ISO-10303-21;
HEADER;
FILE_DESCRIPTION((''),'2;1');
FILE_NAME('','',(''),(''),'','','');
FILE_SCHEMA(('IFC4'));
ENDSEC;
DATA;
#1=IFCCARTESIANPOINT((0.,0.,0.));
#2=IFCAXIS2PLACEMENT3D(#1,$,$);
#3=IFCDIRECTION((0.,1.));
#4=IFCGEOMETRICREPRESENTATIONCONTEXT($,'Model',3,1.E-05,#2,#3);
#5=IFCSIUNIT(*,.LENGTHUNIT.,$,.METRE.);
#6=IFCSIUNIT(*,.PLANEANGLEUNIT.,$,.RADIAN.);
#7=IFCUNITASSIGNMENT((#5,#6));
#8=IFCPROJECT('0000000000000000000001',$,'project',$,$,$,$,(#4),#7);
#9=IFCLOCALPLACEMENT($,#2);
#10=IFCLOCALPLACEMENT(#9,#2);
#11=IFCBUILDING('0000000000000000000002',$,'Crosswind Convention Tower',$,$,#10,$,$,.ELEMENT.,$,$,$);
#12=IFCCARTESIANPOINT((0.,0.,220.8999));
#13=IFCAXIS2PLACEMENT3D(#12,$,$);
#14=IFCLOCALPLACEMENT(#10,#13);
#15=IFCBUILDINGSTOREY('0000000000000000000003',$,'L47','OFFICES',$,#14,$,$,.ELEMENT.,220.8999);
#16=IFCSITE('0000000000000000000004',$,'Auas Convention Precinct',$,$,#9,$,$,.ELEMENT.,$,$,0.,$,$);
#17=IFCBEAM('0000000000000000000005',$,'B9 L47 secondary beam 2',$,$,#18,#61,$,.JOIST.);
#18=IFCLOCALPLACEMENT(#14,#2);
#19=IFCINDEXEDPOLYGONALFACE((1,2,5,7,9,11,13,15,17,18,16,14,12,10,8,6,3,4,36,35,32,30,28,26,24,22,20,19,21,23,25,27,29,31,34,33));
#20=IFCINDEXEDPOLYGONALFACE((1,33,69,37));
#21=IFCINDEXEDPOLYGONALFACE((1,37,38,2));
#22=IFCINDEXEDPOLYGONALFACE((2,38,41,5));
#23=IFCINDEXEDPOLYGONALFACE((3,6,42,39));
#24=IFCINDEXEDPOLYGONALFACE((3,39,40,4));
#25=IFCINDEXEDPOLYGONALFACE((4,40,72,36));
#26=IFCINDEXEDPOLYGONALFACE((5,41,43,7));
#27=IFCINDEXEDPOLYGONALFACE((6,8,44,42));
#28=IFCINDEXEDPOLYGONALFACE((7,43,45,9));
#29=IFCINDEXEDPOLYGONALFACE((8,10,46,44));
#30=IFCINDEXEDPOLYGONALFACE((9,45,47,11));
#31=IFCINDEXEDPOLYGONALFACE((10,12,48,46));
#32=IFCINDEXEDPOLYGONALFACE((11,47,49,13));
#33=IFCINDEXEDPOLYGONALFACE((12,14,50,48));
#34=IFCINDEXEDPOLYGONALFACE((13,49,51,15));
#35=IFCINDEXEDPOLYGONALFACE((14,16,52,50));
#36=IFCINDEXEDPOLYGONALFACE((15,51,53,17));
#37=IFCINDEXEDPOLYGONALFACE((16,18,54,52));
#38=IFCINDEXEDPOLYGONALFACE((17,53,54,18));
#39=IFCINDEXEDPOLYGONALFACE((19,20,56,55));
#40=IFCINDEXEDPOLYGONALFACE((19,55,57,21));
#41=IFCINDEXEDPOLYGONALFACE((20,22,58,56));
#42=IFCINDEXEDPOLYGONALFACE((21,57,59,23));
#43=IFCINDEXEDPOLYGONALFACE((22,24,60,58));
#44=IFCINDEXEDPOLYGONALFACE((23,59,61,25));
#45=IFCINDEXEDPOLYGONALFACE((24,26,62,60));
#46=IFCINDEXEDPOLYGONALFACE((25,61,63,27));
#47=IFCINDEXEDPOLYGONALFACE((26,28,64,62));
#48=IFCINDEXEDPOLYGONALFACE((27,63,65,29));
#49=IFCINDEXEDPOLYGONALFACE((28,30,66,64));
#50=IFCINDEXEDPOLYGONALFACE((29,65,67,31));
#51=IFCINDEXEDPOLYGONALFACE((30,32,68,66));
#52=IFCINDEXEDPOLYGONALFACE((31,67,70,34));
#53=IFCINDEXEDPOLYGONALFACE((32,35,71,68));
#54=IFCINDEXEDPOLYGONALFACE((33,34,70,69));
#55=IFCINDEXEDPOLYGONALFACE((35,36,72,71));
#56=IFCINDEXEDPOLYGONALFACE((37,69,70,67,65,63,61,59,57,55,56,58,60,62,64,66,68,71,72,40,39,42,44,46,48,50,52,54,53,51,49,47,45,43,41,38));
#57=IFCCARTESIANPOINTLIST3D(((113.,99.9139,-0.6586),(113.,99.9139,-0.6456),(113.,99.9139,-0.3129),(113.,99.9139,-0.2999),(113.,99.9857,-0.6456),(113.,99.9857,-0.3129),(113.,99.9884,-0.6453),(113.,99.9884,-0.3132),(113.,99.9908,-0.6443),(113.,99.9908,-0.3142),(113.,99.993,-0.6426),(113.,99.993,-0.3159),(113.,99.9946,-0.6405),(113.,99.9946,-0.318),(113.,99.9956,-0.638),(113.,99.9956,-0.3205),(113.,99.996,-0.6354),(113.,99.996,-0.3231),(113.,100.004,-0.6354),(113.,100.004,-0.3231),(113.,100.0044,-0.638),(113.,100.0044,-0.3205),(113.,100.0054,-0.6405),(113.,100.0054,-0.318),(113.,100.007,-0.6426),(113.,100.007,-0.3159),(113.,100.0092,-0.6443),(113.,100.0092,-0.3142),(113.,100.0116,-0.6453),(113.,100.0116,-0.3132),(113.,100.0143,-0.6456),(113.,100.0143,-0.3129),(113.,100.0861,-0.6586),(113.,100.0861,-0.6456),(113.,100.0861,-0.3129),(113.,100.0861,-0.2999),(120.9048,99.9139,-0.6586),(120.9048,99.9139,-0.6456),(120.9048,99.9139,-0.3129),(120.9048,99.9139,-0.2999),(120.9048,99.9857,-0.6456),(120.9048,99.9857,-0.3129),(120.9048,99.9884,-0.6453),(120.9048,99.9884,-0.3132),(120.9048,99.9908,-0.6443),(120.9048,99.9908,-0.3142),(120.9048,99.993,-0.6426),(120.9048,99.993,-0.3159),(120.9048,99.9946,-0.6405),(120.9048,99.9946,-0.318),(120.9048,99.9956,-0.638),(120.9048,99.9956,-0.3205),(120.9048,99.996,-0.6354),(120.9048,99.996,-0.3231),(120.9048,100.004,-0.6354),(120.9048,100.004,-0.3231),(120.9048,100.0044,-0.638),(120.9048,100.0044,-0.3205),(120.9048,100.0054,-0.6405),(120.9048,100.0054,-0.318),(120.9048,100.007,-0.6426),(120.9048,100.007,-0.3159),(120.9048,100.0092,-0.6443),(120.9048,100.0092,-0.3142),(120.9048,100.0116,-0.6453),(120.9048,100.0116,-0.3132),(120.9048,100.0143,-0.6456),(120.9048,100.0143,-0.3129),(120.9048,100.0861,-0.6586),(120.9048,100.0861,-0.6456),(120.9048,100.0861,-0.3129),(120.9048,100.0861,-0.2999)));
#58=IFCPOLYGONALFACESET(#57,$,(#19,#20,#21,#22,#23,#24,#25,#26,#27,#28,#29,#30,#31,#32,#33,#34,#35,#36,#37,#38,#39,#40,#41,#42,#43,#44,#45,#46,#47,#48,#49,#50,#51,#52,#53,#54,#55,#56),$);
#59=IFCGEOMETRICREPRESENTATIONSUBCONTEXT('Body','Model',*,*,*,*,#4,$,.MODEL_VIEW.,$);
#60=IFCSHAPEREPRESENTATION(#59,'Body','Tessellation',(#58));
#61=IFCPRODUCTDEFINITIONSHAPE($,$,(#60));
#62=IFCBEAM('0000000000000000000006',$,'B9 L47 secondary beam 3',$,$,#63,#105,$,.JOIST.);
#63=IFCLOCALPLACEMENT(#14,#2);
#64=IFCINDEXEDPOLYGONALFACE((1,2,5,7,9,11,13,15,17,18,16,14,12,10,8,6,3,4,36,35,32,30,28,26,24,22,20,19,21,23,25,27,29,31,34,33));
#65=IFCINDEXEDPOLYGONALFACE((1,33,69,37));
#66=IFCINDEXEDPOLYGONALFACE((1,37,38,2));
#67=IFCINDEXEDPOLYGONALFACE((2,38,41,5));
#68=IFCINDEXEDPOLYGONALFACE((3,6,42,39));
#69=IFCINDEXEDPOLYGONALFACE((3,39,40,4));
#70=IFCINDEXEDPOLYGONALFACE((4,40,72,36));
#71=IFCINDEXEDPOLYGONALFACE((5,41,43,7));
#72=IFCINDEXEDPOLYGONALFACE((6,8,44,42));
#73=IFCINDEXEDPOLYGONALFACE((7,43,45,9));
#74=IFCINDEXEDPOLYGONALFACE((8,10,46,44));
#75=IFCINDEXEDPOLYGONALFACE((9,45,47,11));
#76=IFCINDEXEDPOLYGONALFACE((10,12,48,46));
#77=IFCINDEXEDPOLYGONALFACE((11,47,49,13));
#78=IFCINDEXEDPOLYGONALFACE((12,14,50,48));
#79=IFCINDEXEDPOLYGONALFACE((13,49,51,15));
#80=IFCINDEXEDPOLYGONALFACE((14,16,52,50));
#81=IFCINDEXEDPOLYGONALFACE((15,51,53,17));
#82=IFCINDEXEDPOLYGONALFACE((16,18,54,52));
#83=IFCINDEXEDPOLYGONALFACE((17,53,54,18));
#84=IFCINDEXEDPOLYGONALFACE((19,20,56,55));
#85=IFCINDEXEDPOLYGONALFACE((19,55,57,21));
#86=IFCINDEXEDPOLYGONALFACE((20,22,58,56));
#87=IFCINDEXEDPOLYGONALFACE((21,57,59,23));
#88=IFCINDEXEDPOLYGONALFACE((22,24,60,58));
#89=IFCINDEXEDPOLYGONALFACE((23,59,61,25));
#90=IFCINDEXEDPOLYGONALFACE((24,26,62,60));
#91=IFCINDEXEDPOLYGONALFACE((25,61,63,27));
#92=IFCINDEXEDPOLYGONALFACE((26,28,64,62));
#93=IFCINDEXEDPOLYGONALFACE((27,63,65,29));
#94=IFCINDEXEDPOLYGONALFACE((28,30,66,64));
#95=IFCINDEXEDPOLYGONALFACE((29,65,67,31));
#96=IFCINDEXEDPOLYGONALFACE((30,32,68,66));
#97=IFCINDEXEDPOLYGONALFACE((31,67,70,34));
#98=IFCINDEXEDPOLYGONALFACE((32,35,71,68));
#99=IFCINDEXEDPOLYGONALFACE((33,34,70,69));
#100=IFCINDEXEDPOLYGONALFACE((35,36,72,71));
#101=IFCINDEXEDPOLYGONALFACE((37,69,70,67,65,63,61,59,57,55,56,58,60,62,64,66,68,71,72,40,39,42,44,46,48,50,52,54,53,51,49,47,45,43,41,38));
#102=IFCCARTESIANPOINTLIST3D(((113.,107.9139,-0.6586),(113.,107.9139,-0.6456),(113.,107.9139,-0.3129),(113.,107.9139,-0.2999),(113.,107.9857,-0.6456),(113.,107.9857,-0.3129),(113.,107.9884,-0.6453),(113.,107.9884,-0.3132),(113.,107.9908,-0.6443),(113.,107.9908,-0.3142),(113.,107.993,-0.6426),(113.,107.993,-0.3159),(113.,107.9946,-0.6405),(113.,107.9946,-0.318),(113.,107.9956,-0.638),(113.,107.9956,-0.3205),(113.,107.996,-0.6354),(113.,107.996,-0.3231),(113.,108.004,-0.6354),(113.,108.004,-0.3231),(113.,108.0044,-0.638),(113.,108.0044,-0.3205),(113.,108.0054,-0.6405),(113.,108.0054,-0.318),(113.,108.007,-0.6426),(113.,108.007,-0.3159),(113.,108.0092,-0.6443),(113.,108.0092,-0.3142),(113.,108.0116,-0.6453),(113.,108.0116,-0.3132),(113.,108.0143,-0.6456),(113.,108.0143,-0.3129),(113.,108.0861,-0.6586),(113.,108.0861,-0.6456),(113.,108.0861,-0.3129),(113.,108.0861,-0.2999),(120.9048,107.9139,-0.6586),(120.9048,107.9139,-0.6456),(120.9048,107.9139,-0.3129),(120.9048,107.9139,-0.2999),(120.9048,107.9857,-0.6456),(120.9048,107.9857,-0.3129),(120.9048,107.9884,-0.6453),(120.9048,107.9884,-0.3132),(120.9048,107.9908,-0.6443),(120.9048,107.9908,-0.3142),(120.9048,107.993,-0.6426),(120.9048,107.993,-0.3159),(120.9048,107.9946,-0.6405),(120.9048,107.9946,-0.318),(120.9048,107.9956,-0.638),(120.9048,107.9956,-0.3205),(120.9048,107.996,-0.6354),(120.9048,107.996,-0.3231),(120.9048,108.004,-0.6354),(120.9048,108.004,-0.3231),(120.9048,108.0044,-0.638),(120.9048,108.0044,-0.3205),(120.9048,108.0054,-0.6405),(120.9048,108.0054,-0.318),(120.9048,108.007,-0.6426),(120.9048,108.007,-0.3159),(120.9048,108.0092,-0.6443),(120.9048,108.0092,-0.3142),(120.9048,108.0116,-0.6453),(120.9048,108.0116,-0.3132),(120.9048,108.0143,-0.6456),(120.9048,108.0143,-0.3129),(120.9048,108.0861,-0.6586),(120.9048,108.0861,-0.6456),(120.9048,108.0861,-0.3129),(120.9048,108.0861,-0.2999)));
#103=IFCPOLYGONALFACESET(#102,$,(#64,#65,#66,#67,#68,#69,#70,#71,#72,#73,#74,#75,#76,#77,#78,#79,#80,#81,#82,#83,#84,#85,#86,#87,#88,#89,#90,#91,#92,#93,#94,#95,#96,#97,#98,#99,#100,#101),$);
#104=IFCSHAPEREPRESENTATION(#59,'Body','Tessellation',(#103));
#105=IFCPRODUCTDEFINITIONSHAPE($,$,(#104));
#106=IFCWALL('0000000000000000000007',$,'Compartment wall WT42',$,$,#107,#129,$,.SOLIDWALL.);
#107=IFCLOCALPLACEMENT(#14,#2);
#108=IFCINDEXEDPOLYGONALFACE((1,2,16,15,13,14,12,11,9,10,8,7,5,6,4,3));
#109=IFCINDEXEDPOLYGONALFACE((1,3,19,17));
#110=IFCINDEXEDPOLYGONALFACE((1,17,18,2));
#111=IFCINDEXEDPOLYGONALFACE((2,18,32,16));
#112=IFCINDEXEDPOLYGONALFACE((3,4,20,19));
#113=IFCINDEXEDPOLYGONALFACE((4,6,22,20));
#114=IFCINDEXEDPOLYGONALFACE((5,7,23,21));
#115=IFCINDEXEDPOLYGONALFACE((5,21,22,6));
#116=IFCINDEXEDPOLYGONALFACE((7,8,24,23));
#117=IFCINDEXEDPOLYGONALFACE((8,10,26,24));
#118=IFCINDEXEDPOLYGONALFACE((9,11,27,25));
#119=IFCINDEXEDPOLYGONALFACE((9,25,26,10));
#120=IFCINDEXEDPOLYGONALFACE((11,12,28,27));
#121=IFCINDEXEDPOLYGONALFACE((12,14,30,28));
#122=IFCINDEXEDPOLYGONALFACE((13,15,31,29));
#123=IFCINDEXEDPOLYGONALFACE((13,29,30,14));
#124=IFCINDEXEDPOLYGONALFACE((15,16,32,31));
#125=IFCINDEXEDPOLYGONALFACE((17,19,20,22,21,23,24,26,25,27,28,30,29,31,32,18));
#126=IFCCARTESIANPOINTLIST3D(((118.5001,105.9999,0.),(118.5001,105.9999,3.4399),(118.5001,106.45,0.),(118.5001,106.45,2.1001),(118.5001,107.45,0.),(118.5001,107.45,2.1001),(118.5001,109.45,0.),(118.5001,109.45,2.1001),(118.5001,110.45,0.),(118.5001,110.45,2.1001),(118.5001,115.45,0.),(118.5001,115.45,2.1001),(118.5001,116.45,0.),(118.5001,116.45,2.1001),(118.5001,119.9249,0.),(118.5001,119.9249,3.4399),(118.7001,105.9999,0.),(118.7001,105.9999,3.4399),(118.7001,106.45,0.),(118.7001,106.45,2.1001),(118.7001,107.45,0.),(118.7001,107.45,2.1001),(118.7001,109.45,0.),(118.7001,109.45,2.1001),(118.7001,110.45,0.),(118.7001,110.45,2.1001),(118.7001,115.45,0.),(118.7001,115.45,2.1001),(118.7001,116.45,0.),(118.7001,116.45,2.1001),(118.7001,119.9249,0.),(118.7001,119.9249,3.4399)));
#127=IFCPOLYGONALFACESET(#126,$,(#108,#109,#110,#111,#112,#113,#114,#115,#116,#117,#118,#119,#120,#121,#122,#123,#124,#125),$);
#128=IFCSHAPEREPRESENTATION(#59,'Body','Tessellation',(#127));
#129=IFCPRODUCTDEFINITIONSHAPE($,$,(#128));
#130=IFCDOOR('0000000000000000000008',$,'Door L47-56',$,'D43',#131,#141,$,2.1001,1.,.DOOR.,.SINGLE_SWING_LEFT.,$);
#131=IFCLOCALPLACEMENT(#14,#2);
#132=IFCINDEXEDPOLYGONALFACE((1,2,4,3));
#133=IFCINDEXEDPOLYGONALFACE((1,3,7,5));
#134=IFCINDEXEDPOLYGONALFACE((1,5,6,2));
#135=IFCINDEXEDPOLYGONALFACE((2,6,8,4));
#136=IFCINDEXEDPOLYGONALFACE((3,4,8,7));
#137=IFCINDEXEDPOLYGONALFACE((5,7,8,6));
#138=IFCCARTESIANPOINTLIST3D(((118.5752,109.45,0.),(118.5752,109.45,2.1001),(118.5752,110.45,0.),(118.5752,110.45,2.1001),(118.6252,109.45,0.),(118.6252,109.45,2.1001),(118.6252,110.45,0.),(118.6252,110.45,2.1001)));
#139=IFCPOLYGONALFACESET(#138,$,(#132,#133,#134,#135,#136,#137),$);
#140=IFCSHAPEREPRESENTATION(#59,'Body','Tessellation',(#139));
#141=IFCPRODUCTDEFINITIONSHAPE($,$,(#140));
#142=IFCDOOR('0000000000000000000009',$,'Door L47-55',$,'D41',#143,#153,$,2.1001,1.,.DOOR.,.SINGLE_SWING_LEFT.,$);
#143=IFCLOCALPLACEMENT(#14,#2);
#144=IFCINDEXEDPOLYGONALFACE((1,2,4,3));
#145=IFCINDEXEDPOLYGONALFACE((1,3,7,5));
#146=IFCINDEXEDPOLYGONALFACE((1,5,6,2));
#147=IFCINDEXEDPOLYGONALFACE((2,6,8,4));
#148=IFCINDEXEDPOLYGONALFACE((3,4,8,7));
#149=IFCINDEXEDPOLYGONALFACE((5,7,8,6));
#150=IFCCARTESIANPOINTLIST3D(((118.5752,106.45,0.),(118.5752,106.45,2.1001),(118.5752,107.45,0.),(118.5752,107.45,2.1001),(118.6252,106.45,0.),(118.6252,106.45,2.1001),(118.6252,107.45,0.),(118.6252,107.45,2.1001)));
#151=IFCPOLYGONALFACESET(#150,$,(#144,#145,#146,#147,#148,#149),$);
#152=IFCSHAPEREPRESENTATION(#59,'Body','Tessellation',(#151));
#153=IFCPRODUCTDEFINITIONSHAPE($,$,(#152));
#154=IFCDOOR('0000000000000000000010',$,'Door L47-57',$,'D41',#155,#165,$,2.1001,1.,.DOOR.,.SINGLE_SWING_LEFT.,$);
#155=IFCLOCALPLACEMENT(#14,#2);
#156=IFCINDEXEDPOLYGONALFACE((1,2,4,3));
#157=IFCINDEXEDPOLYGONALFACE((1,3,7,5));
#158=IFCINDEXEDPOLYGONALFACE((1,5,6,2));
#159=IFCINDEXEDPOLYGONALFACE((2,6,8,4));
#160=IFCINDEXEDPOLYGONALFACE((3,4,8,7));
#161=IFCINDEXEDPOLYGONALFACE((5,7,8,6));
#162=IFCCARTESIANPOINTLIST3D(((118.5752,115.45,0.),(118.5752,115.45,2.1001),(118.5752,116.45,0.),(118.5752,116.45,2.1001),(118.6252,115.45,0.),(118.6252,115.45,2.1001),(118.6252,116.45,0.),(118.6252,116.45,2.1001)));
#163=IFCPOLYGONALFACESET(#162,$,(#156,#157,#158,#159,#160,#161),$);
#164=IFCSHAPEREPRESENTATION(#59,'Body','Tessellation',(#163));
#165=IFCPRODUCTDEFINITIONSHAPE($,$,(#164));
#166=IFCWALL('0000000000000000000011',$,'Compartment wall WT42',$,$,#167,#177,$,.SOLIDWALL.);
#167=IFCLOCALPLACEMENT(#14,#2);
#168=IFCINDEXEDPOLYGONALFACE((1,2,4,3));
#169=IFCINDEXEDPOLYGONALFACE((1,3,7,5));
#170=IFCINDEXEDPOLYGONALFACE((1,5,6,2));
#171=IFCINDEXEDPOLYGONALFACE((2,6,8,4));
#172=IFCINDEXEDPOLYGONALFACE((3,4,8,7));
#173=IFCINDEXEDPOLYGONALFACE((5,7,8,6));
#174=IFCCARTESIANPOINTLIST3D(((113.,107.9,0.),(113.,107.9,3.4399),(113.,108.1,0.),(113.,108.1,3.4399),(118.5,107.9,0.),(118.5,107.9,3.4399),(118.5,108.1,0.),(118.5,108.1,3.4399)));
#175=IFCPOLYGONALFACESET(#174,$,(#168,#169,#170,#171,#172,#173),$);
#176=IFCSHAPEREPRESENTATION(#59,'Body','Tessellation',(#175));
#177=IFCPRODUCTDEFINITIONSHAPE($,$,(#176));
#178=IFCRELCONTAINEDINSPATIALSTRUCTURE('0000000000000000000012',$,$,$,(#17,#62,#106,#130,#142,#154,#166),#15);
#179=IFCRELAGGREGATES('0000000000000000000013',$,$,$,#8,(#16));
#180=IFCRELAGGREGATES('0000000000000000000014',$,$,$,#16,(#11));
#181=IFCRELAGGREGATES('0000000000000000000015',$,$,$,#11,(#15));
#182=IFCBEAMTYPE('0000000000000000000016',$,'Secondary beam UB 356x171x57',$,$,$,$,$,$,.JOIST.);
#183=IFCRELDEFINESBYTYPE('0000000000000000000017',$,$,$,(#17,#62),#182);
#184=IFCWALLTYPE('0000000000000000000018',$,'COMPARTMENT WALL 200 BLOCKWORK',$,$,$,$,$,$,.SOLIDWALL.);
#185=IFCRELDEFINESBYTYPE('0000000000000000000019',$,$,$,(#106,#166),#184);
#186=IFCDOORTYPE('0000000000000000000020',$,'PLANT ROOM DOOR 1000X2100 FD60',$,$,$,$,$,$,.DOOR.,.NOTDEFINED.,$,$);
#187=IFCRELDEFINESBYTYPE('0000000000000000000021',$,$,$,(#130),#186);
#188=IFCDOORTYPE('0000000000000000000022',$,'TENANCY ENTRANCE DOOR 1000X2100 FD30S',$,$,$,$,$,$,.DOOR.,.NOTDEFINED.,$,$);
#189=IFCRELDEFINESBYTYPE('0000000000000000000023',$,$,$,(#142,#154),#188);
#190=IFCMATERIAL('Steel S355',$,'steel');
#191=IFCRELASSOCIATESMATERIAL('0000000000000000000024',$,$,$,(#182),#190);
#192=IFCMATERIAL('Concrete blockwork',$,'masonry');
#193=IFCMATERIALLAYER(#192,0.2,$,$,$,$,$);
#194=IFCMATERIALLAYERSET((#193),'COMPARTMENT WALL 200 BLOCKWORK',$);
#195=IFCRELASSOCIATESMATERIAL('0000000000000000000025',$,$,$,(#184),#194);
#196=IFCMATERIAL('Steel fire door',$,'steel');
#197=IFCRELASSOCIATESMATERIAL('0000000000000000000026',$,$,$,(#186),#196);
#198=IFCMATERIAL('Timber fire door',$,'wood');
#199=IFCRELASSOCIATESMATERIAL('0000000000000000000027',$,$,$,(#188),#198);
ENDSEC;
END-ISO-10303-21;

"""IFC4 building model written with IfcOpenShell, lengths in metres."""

from ifc_helpers import new_model, si_unit, direction, frame, frame_2d, origin, origin_2d, place, context, subcontext, project, spatial, rectangle, i_section, extrude, material, layer, layer_set, material_profile, profile_set, type_object, element, fill, save


model = new_model("IFC4")

# Units and contexts
model_context = context("Model", 3, precision=1e-05, world=origin(), true_north=direction((0.0, 1.0)))
body_context = subcontext(model_context, "Body", "Model", "MODEL_VIEW")
ifc_project = project(units=[si_unit("LENGTHUNIT", "METRE"), si_unit("PLANEANGLEUNIT", "RADIAN")], contexts=[model_context])

# Site, building, storey
site_placement = place(None, origin())
site = spatial("IfcSite", under=ifc_project, at=site_placement, Name="Auas Convention Precinct", CompositionType="ELEMENT", RefElevation=0.0)
building_placement = place(site_placement, origin())
building = spatial("IfcBuilding", under=site, at=building_placement, Name="Crosswind Convention Tower", CompositionType="ELEMENT")
storey_placement = place(building_placement, frame((0.0, 0.0, 220.8999)))
storey = spatial("IfcBuildingStorey", under=building, at=storey_placement, Name="L47", Description="OFFICES", CompositionType="ELEMENT", Elevation=220.8999)

# Beams
ifc_material_1 = material(Name="Steel S355", Category="steel")
ifc_material_profile_1 = material_profile(ifc_material_1, i_section(OverallWidth=0.1721, OverallDepth=0.3586, WebThickness=0.0081, FlangeThickness=0.0129, FilletRadius=0.0103, at=origin_2d()), Name="UB 356x171x57")
ifc_profile_set_1 = profile_set([ifc_material_profile_1], Name="Steel S355")
beam_type_1 = type_object("IfcBeamType", Name="Secondary beam UB 356x171x57", PredefinedType="JOIST", material=ifc_profile_set_1)
for number, where, z_axis, x_axis, name in (
    (1, (113.0, 100.0, -0.4792), (1.0, 0.0, 0.0), (0.0, 1.0, 0.0), "B9 L47 secondary beam 2"),
    (2, (113.0, 108.0, -0.4792), (1.0, 0.0, 0.0), (0.0, 1.0, 0.0), "B9 L47 secondary beam 3"),
):
    element("IfcBeam", number, at=place(storey_placement, frame(where, z_axis=z_axis, x_axis=x_axis)), inside=storey, type_object=beam_type_1, Name=name, PredefinedType="JOIST", context=body_context, shape_type="SweptSolid", body=[
        extrude(i_section(OverallWidth=0.1721, OverallDepth=0.3586, WebThickness=0.0081, FlangeThickness=0.0129, FilletRadius=0.0103, at=origin_2d()), origin(), (0.0, 0.0, 1.0), 7.9048),
    ])

# Wall, openings, doors
ifc_material_2 = material(Name="Concrete blockwork", Category="masonry")
ifc_layer_1 = layer(ifc_material_2, 0.2)
ifc_layer_set_1 = layer_set([ifc_layer_1], Name="COMPARTMENT WALL 200 BLOCKWORK")
wall_type_1 = type_object("IfcWallType", Name="COMPARTMENT WALL 200 BLOCKWORK", PredefinedType="SOLIDWALL", material=ifc_layer_set_1)
wall_1_placement = place(storey_placement, frame((118.6001, 106.0, 0.0), z_axis=(0.0, 0.0, 1.0), x_axis=(0.0, 1.0, 0.0)))
wall_1 = element("IfcWall", 3, at=wall_1_placement, inside=storey, type_object=wall_type_1, Name="Compartment wall WT42", PredefinedType="SOLIDWALL", context=body_context, shape_type="SweptSolid", body=[
    extrude(rectangle(XDim=13.925, YDim=0.2, at=frame_2d((6.9624, 0.0))), origin(), (0.0, 0.0, 1.0), 3.4399),
])
opening_1_placement = place(wall_1_placement, frame((0.45, 0.0, 0.0)))
opening_1 = element("IfcOpeningElement", 4, at=opening_1_placement, cuts=wall_1, PredefinedType="OPENING", context=body_context, shape_type="SweptSolid", body=[
    extrude(rectangle(XDim=1.0, YDim=2.1001, at=frame_2d((0.5, 1.05))), frame((0.0, 0.1099, 0.0), z_axis=(0.0, -1.0, 0.0), x_axis=(1.0, 0.0, 0.0)), (0.0, 0.0, 1.0), 0.22),
])
opening_2_placement = place(wall_1_placement, frame((3.45, 0.0, 0.0)))
opening_2 = element("IfcOpeningElement", 5, at=opening_2_placement, cuts=wall_1, PredefinedType="OPENING", context=body_context, shape_type="SweptSolid", body=[
    extrude(rectangle(XDim=1.0, YDim=2.1001, at=frame_2d((0.5, 1.05))), frame((0.0, 0.1099, 0.0), z_axis=(0.0, -1.0, 0.0), x_axis=(1.0, 0.0, 0.0)), (0.0, 0.0, 1.0), 0.22),
])
opening_3_placement = place(wall_1_placement, frame((9.45, 0.0, 0.0)))
opening_3 = element("IfcOpeningElement", 6, at=opening_3_placement, cuts=wall_1, PredefinedType="OPENING", context=body_context, shape_type="SweptSolid", body=[
    extrude(rectangle(XDim=1.0, YDim=2.1001, at=frame_2d((0.5, 1.05))), frame((0.0, 0.1099, 0.0), z_axis=(0.0, -1.0, 0.0), x_axis=(1.0, 0.0, 0.0)), (0.0, 0.0, 1.0), 0.22),
])
ifc_material_3 = material(Name="Steel fire door", Category="steel")
door_type_1 = type_object("IfcDoorType", Name="PLANT ROOM DOOR 1000X2100 FD60", OperationType="NOTDEFINED", PredefinedType="DOOR", material=ifc_material_3)
door_1_placement = place(opening_2_placement, origin())
door_1 = element("IfcDoor", 7, at=door_1_placement, inside=storey, type_object=door_type_1, Name="Door L47-56", ObjectType="D43", OperationType="SINGLE_SWING_LEFT", OverallHeight=2.1001, OverallWidth=1.0, PredefinedType="DOOR", context=body_context, shape_type="SweptSolid", body=[
    extrude(rectangle(XDim=1.0, YDim=2.1001, at=frame_2d((0.5, 1.05))), frame((0.0, 0.0249, 0.0), z_axis=(0.0, -1.0, 0.0), x_axis=(1.0, 0.0, 0.0)), (0.0, 0.0, 1.0), 0.05),
])
fill(opening_2, door_1)
ifc_material_4 = material(Name="Timber fire door", Category="wood")
door_type_2 = type_object("IfcDoorType", Name="TENANCY ENTRANCE DOOR 1000X2100 FD30S", OperationType="NOTDEFINED", PredefinedType="DOOR", material=ifc_material_4)
door_2_placement = place(opening_1_placement, origin())
door_2 = element("IfcDoor", 8, at=door_2_placement, inside=storey, type_object=door_type_2, Name="Door L47-55", ObjectType="D41", OperationType="SINGLE_SWING_LEFT", OverallHeight=2.1001, OverallWidth=1.0, PredefinedType="DOOR", context=body_context, shape_type="SweptSolid", body=[
    extrude(rectangle(XDim=1.0, YDim=2.1001, at=frame_2d((0.5, 1.05))), frame((0.0, 0.0249, 0.0), z_axis=(0.0, -1.0, 0.0), x_axis=(1.0, 0.0, 0.0)), (0.0, 0.0, 1.0), 0.05),
])
fill(opening_1, door_2)
door_3_placement = place(opening_3_placement, origin())
door_3 = element("IfcDoor", 9, at=door_3_placement, inside=storey, type_object=door_type_2, Name="Door L47-57", ObjectType="D41", OperationType="SINGLE_SWING_LEFT", OverallHeight=2.1001, OverallWidth=1.0, PredefinedType="DOOR", context=body_context, shape_type="SweptSolid", body=[
    extrude(rectangle(XDim=1.0, YDim=2.1001, at=frame_2d((0.5, 1.05))), frame((0.0, 0.0249, 0.0), z_axis=(0.0, -1.0, 0.0), x_axis=(1.0, 0.0, 0.0)), (0.0, 0.0, 1.0), 0.05),
])
fill(opening_3, door_3)

# Wall
wall_2_placement = place(storey_placement, frame((113.0, 108.0, 0.0), z_axis=(0.0, 0.0, 1.0), x_axis=(1.0, 0.0, 0.0)))
element("IfcWall", 10, at=wall_2_placement, inside=storey, type_object=wall_type_1, Name="Compartment wall WT42", PredefinedType="SOLIDWALL", context=body_context, shape_type="SweptSolid", body=[
    extrude(rectangle(XDim=5.5, YDim=0.2, at=frame_2d((2.75, 0.0))), origin(), (0.0, 0.0, 1.0), 3.4399),
])

save(model, "model.ifc")
